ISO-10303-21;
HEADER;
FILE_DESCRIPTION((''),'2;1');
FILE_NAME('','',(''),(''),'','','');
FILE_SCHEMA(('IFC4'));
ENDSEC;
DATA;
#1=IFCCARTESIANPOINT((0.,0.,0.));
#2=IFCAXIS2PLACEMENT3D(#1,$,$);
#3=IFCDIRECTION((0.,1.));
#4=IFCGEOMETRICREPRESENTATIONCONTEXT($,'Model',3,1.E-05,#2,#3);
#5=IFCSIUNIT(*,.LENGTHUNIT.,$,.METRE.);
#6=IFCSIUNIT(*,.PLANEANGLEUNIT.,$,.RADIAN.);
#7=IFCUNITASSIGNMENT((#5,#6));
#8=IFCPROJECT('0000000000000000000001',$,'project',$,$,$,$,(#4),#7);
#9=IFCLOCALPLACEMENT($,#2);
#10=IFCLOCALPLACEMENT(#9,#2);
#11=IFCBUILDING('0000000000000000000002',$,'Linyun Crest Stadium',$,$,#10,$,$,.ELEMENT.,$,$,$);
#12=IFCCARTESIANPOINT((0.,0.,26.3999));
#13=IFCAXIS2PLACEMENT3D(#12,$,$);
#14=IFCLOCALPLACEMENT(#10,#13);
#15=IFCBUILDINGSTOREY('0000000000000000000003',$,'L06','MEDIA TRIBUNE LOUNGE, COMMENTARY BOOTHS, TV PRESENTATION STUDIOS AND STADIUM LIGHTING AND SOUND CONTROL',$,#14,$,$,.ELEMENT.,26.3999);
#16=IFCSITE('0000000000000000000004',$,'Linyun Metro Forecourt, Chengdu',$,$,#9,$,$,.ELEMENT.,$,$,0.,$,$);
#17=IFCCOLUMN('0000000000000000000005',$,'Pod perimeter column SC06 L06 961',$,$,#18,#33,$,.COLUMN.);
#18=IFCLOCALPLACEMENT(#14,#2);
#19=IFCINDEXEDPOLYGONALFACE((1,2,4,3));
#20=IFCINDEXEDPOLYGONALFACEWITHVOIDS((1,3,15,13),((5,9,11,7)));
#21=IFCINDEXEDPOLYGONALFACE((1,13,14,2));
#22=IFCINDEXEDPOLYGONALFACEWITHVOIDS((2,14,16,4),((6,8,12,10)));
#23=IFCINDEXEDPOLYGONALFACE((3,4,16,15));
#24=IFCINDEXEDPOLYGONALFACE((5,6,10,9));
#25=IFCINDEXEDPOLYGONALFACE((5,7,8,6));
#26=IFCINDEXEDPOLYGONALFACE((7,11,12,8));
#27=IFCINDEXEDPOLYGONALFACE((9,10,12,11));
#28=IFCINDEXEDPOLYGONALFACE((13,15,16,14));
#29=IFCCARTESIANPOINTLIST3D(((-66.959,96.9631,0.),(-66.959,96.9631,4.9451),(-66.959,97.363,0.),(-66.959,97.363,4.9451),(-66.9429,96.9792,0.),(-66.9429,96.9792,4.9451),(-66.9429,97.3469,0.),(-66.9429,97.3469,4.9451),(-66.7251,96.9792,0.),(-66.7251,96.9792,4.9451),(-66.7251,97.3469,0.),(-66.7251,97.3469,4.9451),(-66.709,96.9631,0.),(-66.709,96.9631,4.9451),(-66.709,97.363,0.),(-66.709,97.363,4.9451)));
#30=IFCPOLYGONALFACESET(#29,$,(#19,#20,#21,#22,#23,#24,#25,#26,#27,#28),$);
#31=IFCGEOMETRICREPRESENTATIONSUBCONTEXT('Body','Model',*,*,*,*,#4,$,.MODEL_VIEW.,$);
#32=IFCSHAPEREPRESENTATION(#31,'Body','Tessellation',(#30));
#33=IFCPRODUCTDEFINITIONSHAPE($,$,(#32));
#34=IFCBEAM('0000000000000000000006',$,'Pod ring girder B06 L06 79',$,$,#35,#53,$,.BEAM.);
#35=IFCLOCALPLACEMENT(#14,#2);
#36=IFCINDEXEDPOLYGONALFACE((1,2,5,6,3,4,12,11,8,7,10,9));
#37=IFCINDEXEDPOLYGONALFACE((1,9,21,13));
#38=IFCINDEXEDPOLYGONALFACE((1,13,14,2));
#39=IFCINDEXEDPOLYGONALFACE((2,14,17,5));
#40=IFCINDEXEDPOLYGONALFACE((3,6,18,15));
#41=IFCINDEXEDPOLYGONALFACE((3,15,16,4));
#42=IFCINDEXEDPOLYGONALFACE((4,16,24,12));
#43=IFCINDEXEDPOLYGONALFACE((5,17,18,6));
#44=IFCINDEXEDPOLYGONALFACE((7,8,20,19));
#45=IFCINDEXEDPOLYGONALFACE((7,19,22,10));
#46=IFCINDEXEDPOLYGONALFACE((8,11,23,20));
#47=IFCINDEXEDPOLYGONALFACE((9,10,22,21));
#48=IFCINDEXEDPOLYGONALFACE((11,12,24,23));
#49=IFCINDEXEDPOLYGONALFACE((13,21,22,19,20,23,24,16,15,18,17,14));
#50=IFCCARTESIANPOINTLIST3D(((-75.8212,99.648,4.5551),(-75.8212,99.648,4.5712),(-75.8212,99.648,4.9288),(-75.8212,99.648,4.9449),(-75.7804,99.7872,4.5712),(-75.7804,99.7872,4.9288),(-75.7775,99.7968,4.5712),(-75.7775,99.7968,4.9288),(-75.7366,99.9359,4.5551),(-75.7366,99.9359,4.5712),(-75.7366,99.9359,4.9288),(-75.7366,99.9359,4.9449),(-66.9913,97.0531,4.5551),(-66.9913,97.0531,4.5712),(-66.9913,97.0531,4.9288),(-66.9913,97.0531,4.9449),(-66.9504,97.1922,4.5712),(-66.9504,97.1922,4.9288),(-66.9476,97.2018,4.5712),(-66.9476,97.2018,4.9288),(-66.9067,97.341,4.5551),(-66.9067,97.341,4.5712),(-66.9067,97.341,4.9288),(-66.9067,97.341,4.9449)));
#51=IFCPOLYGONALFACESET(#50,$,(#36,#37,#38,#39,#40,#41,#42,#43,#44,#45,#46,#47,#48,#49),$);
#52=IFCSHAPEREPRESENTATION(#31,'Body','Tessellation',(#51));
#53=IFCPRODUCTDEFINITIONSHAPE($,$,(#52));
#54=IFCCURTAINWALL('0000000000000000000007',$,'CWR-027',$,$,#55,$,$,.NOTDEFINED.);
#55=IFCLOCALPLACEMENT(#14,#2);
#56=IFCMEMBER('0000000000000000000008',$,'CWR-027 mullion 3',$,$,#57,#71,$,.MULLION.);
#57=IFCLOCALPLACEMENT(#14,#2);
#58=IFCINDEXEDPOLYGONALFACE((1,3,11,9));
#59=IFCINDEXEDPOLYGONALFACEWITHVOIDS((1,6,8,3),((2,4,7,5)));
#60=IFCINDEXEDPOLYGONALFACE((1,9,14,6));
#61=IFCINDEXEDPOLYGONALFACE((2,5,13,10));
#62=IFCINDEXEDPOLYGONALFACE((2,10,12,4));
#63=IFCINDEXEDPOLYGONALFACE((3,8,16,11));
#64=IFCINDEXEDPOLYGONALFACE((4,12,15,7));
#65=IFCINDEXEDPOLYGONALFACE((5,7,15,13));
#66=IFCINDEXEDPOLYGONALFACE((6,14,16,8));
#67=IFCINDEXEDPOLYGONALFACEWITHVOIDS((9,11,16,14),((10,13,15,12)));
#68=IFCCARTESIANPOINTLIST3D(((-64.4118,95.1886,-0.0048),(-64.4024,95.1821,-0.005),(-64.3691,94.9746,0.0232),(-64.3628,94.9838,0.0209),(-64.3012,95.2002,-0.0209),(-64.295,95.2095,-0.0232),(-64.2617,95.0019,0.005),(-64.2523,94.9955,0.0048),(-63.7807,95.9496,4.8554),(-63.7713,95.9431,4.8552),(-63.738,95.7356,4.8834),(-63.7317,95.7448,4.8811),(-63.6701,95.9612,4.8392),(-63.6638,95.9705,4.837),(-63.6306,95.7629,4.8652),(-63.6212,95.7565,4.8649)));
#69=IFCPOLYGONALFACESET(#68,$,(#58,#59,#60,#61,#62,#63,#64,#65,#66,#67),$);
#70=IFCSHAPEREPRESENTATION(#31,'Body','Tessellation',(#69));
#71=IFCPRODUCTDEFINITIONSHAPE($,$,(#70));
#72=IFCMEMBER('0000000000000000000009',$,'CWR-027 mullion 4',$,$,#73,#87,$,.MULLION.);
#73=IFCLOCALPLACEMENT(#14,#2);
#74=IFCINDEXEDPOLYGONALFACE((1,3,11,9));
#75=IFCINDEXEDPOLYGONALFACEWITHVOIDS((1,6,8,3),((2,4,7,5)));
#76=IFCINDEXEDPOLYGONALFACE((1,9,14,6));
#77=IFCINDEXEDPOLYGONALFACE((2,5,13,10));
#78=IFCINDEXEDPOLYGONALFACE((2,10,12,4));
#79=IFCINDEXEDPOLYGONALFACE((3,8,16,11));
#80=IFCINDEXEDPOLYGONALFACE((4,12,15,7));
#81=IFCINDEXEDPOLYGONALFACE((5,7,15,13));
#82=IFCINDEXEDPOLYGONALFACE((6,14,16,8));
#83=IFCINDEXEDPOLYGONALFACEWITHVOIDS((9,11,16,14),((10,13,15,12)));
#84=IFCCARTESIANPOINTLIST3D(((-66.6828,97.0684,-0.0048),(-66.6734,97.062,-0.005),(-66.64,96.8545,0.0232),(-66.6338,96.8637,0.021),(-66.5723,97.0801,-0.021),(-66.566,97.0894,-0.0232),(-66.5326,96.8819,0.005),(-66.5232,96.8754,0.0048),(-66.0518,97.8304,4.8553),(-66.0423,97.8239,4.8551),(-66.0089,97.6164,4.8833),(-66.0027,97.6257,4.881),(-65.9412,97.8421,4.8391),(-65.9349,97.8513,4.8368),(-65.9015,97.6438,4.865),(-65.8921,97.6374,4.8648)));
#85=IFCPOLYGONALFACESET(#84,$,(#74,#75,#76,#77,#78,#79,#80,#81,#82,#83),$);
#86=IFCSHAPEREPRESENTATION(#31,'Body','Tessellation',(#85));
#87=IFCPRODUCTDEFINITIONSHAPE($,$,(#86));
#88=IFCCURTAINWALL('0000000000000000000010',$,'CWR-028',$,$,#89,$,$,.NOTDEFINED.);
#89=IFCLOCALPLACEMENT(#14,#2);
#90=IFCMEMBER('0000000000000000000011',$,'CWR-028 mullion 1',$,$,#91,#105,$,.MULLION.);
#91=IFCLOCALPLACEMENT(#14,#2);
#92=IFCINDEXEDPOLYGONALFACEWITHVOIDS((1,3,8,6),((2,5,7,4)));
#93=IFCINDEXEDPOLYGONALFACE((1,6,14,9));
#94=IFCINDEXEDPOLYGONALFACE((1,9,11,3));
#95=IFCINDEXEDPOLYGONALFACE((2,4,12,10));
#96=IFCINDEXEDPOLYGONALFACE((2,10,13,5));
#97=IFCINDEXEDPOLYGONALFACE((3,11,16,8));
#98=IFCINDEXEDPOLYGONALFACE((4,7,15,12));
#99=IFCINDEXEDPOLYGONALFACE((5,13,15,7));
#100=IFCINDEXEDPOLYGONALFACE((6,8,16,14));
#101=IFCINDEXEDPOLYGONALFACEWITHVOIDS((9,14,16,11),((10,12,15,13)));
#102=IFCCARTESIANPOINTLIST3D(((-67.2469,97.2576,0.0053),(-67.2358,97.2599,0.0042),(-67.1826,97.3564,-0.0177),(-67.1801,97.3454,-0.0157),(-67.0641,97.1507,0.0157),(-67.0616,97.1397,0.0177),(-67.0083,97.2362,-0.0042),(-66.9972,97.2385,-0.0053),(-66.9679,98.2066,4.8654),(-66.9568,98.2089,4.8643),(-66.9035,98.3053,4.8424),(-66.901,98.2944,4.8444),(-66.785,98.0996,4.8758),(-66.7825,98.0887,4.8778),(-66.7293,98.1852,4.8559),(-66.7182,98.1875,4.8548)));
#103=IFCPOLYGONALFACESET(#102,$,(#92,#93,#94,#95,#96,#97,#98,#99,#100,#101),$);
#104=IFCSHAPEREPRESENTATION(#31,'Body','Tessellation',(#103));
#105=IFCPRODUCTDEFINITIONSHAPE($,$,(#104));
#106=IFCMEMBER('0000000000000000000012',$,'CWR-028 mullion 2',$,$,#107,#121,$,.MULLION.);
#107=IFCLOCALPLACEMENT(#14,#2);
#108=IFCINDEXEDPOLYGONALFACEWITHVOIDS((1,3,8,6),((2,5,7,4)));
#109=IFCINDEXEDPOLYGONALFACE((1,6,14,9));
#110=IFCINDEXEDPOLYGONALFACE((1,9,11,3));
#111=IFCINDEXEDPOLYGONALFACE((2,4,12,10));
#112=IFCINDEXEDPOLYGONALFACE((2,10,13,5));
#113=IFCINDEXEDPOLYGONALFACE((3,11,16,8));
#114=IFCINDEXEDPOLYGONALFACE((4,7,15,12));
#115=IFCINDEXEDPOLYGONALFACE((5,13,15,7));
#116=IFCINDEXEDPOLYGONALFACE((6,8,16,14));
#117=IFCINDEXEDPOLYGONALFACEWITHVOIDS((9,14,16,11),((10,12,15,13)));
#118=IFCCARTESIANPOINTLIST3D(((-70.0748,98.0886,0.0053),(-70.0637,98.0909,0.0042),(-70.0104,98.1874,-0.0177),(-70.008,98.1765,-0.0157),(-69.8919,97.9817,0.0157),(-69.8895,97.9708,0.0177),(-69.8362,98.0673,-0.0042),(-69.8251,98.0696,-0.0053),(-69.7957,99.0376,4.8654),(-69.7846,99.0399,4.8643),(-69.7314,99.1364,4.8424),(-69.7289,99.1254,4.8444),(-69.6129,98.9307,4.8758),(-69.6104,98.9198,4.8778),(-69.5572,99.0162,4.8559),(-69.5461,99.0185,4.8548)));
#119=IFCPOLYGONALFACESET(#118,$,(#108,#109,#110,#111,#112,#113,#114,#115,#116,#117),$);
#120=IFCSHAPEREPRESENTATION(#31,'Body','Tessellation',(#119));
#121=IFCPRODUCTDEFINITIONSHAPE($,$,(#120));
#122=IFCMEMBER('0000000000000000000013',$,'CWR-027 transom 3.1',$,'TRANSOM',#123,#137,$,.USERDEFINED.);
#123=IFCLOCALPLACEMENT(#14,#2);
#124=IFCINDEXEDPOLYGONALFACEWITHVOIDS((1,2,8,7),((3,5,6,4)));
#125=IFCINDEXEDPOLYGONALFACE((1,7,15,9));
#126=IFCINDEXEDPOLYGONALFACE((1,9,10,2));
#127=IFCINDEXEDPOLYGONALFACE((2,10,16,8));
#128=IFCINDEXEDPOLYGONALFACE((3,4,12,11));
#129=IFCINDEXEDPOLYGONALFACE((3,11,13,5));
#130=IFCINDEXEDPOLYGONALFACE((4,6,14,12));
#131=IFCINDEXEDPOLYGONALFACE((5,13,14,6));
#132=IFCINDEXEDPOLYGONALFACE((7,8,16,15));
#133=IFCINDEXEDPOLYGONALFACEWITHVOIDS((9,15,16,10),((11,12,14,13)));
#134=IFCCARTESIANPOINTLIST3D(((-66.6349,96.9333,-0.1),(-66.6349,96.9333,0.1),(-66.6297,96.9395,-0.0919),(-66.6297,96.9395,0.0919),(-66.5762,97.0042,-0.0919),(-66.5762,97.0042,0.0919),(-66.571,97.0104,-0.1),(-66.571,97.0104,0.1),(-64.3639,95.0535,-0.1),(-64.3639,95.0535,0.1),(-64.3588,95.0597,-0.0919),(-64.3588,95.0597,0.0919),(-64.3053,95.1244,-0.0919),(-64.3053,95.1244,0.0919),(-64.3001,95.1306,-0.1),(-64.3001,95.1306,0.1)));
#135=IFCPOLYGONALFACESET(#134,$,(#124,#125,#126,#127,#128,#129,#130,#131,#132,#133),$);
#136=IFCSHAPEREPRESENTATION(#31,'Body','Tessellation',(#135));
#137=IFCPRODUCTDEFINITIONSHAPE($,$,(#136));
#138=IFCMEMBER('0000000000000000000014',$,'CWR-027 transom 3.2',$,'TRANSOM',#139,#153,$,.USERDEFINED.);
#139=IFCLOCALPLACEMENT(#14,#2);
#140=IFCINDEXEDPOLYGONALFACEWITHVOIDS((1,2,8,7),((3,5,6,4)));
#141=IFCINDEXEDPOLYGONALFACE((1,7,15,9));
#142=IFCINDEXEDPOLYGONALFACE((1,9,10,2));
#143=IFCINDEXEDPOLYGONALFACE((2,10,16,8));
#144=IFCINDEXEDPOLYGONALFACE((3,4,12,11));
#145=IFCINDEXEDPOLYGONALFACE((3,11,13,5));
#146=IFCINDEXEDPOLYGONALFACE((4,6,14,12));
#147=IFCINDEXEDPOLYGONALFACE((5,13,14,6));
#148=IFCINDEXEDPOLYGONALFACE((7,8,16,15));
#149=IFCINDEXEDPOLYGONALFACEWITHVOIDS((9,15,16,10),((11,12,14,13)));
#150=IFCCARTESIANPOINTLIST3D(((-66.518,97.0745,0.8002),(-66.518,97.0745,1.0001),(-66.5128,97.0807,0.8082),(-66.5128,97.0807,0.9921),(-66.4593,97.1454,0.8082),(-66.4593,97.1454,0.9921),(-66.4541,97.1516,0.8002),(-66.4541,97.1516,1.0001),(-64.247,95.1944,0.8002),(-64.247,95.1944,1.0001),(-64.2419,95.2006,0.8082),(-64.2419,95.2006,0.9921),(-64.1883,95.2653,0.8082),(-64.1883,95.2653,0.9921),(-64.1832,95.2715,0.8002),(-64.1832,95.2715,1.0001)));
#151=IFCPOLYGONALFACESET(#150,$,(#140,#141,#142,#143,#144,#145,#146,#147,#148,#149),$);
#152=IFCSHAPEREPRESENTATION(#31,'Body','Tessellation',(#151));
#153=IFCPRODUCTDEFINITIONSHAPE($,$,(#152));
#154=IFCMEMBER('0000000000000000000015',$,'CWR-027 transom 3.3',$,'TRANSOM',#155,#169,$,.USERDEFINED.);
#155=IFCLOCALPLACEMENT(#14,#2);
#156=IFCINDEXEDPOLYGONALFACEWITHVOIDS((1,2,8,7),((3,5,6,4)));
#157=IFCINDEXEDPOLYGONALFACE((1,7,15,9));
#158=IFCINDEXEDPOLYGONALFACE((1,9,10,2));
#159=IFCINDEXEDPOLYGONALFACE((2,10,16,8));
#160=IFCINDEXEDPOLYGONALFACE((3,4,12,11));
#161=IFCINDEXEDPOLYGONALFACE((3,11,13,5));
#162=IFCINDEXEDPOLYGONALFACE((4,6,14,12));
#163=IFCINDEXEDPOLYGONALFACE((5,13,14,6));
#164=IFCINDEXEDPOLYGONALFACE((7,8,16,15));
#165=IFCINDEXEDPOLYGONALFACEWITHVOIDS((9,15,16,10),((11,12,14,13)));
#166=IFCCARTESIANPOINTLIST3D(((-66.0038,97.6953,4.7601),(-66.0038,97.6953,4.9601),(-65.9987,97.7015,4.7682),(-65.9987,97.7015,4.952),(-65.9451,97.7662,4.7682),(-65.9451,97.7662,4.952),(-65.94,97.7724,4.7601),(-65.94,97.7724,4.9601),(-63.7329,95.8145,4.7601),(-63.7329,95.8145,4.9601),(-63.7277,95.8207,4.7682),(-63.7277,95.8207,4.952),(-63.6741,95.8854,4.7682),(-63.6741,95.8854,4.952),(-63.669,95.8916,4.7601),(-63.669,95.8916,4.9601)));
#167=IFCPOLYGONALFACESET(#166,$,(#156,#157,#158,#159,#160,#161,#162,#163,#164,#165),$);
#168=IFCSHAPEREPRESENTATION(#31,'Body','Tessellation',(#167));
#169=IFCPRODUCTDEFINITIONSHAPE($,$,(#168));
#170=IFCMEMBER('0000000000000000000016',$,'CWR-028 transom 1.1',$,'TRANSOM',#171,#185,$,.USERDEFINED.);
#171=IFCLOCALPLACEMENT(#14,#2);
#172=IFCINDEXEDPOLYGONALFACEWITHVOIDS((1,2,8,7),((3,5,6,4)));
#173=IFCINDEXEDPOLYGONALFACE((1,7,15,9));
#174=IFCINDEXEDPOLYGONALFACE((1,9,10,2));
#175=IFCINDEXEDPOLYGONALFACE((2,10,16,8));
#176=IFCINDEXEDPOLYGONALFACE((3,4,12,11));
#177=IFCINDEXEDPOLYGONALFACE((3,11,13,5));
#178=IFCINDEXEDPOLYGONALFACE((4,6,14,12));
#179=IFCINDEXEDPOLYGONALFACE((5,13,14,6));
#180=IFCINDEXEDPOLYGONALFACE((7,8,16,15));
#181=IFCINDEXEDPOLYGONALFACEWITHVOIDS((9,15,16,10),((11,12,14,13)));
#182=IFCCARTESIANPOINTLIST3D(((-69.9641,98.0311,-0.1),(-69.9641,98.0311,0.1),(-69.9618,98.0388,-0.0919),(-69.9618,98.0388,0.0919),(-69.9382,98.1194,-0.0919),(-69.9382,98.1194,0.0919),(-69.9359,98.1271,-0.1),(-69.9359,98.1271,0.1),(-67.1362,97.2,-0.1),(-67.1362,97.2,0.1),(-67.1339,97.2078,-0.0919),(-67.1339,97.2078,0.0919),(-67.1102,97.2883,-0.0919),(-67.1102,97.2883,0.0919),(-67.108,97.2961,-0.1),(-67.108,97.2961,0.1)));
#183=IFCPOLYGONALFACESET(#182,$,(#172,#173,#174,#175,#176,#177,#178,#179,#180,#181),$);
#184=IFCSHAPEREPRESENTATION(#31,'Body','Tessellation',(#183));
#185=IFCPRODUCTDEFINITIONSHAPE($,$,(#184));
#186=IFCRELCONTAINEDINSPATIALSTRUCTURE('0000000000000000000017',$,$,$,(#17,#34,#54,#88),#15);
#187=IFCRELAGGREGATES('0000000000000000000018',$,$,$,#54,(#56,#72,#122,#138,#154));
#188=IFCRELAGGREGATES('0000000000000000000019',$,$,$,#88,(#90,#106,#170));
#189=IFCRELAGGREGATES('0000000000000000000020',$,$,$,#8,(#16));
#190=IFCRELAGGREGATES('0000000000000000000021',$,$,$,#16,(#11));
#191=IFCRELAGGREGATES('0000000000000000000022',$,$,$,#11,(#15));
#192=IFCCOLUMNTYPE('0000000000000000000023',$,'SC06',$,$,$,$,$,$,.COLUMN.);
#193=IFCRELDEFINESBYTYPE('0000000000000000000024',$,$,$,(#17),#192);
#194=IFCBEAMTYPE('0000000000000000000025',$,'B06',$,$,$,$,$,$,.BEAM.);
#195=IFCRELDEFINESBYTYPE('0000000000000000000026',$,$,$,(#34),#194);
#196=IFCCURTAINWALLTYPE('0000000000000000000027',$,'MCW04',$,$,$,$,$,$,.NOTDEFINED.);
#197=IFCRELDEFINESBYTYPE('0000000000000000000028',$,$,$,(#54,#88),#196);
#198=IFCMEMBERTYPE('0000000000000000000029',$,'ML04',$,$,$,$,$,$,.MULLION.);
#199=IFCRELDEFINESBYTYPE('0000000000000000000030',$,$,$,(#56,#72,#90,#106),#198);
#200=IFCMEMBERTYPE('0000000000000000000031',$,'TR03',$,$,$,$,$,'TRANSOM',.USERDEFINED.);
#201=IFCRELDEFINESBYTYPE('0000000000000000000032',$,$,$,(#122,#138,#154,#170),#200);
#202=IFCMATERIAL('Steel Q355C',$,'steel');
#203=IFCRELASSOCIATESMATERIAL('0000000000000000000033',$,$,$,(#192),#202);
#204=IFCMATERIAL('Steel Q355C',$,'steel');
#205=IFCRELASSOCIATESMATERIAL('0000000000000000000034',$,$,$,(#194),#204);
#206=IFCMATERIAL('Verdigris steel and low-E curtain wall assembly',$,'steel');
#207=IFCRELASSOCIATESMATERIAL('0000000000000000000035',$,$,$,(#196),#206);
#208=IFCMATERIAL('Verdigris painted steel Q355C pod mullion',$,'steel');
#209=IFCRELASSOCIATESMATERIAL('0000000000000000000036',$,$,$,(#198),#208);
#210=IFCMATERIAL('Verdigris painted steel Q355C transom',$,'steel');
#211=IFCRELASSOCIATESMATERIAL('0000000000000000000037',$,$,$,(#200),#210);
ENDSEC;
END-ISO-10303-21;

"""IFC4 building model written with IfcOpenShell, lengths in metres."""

from ifc_helpers import new_model, si_unit, direction, frame, origin, origin_2d, place, context, subcontext, project, spatial, hollow_rectangle, i_section, extrude, material, material_profile, profile_set, type_object, element, aggregate, save


model = new_model("IFC4")

# Units and contexts
model_context = context("Model", 3, precision=1e-05, world=origin(), true_north=direction((0.0, 1.0)))
body_context = subcontext(model_context, "Body", "Model", "MODEL_VIEW")
ifc_project = project(units=[si_unit("LENGTHUNIT", "METRE"), si_unit("PLANEANGLEUNIT", "RADIAN")], contexts=[model_context])

# Site, building, storey
site_placement = place(None, origin())
site = spatial("IfcSite", under=ifc_project, at=site_placement, Name="Linyun Metro Forecourt, Chengdu", CompositionType="ELEMENT", RefElevation=0.0)
building_placement = place(site_placement, origin())
building = spatial("IfcBuilding", under=site, at=building_placement, Name="Linyun Crest Stadium", CompositionType="ELEMENT")
storey_placement = place(building_placement, frame((0.0, 0.0, 26.3999)))
storey = spatial("IfcBuildingStorey", under=building, at=storey_placement, Name="L06", Description="MEDIA TRIBUNE LOUNGE, COMMENTARY BOOTHS, TV PRESENTATION STUDIOS AND STADIUM LIGHTING AND SOUND CONTROL", CompositionType="ELEMENT", Elevation=26.3999)

# Column
ifc_material_1 = material(Name="Steel Q355C", Category="steel")
ifc_material_profile_1 = material_profile(ifc_material_1, hollow_rectangle(XDim=0.25, YDim=0.3999, WallThickness=0.0161, at=origin_2d()), Name="RHS 400x250x16")
ifc_profile_set_1 = profile_set([ifc_material_profile_1], Name="Steel Q355C")
column_type = type_object("IfcColumnType", Name="SC06", PredefinedType="COLUMN", material=ifc_profile_set_1)
column_placement = place(storey_placement, frame((-66.834, 97.1631, 0.0), z_axis=(0.0, 0.0, 1.0), x_axis=(1.0, 0.0, 0.0)))
element("IfcColumn", 1, at=column_placement, inside=storey, type_object=column_type, Name="Pod perimeter column SC06 L06 961", PredefinedType="COLUMN", context=body_context, shape_type="SweptSolid", body=[
    extrude(hollow_rectangle(XDim=0.25, YDim=0.3999, WallThickness=0.0161, at=origin_2d()), origin(), (0.0, 0.0, 1.0), 4.9451),
])

# Beam
ifc_material_2 = material(Name="Steel Q355C", Category="steel")
ifc_material_profile_2 = material_profile(ifc_material_2, i_section(OverallWidth=0.3, OverallDepth=0.3899, WebThickness=0.01, FlangeThickness=0.0161, at=origin_2d()), Name="HM 390x300")
ifc_profile_set_2 = profile_set([ifc_material_profile_2], Name="Steel Q355C")
beam_type = type_object("IfcBeamType", Name="B06", PredefinedType="BEAM", material=ifc_profile_set_2)
beam_placement = place(storey_placement, frame((-66.949, 97.197, 4.75), z_axis=(-0.959428, 0.281955, 0.0), x_axis=(-0.281955, -0.959428, 0.0)))
element("IfcBeam", 2, at=beam_placement, inside=storey, type_object=beam_type, Name="Pod ring girder B06 L06 79", PredefinedType="BEAM", context=body_context, shape_type="SweptSolid", body=[
    extrude(i_section(OverallWidth=0.3, OverallDepth=0.3899, WebThickness=0.01, FlangeThickness=0.0161, at=origin_2d()), origin(), (0.0, 0.0, 1.0), 9.2034),
])

# Curtain walls, members
ifc_material_3 = material(Name="Verdigris steel and low-E curtain wall assembly", Category="steel")
curtain_wall_type = type_object("IfcCurtainWallType", Name="MCW04", PredefinedType="NOTDEFINED", material=ifc_material_3)
curtain_wall_1_placement = place(storey_placement, origin())
curtain_wall_1 = element("IfcCurtainWall", 3, at=curtain_wall_1_placement, inside=storey, type_object=curtain_wall_type, Name="CWR-027", PredefinedType="NOTDEFINED")
ifc_material_4 = material(Name="Verdigris painted steel Q355C pod mullion", Category="steel")
ifc_material_profile_3 = material_profile(ifc_material_4, hollow_rectangle(XDim=0.1201, YDim=0.22, WallThickness=0.0081, at=origin_2d()), Name="RHS 220x120x8")
ifc_profile_set_3 = profile_set([ifc_material_profile_3], Name="Verdigris painted steel Q355C pod mullion")
member_type_1 = type_object("IfcMemberType", Name="ML04", PredefinedType="MULLION", material=ifc_profile_set_3)
member_1_placement = place(storey_placement, frame((-64.332, 95.092, 0.0), z_axis=(0.127248, 0.153436, 0.979931), x_axis=(0.972711, 0.173944, -0.153546)))
member_1 = element("IfcMember", 4, at=member_1_placement, type_object=member_type_1, Name="CWR-027 mullion 3", PredefinedType="MULLION", context=body_context, shape_type="SweptSolid", body=[
    extrude(hollow_rectangle(XDim=0.1201, YDim=0.22, WallThickness=0.0081, at=origin_2d()), origin(), (0.0, 0.0, 1.0), 4.9597),
])
member_2_placement = place(storey_placement, frame((-66.603, 96.9719, 0.0), z_axis=(0.127244, 0.153628, 0.979902), x_axis=(0.972587, 0.174539, -0.153658)))
member_2 = element("IfcMember", 5, at=member_2_placement, type_object=member_type_1, Name="CWR-027 mullion 4", PredefinedType="MULLION", context=body_context, shape_type="SweptSolid", body=[
    extrude(hollow_rectangle(XDim=0.1201, YDim=0.22, WallThickness=0.0081, at=origin_2d()), origin(), (0.0, 0.0, 1.0), 4.9597),
])
curtain_wall_2_placement = place(storey_placement, origin())
curtain_wall_2 = element("IfcCurtainWall", 6, at=curtain_wall_2_placement, inside=storey, type_object=curtain_wall_type, Name="CWR-028", PredefinedType="NOTDEFINED")
member_3_placement = place(storey_placement, frame((-67.1221, 97.248, 0.0), z_axis=(0.056264, 0.191335, 0.979911), x_axis=(0.535777, 0.822394, -0.191342)))
member_3 = element("IfcMember", 7, at=member_3_placement, type_object=member_type_1, Name="CWR-028 mullion 1", PredefinedType="MULLION", context=body_context, shape_type="SweptSolid", body=[
    extrude(hollow_rectangle(XDim=0.1201, YDim=0.22, WallThickness=0.0081, at=origin_2d()), origin(), (0.0, 0.0, 1.0), 4.9597),
])
member_4_placement = place(storey_placement, frame((-69.95, 98.0791, 0.0), z_axis=(0.056264, 0.191335, 0.979911), x_axis=(0.535777, 0.822394, -0.191342)))
member_4 = element("IfcMember", 8, at=member_4_placement, type_object=member_type_1, Name="CWR-028 mullion 2", PredefinedType="MULLION", context=body_context, shape_type="SweptSolid", body=[
    extrude(hollow_rectangle(XDim=0.1201, YDim=0.22, WallThickness=0.0081, at=origin_2d()), origin(), (0.0, 0.0, 1.0), 4.9597),
])

# Members
ifc_material_5 = material(Name="Verdigris painted steel Q355C transom", Category="steel")
ifc_material_profile_4 = material_profile(ifc_material_5, hollow_rectangle(XDim=0.1001, YDim=0.2, WallThickness=0.0081, at=origin_2d()), Name="RHS 200x100x8")
ifc_profile_set_4 = profile_set([ifc_material_profile_4], Name="Verdigris painted steel Q355C transom")
member_type_2 = type_object("IfcMemberType", Name="TR03", ElementType="TRANSOM", PredefinedType="USERDEFINED", material=ifc_profile_set_4)
member_5_placement = place(storey_placement, frame((-64.332, 95.092, 0.0), z_axis=(-0.770321, 0.637656, 0.0), x_axis=(-0.637656, -0.770321, 0.0)))
member_5 = element("IfcMember", 9, at=member_5_placement, type_object=member_type_2, Name="CWR-027 transom 3.1", ObjectType="TRANSOM", PredefinedType="USERDEFINED", context=body_context, shape_type="SweptSolid", body=[
    extrude(hollow_rectangle(XDim=0.1001, YDim=0.2, WallThickness=0.0081, at=origin_2d()), origin(), (0.0, 0.0, 1.0), 2.948),
])
member_6_placement = place(storey_placement, frame((-64.2151, 95.2329, 0.9001), z_axis=(-0.770281, 0.637705, 0.0), x_axis=(-0.637705, -0.770281, 0.0)))
member_6 = element("IfcMember", 10, at=member_6_placement, type_object=member_type_2, Name="CWR-027 transom 3.2", ObjectType="TRANSOM", PredefinedType="USERDEFINED", context=body_context, shape_type="SweptSolid", body=[
    extrude(hollow_rectangle(XDim=0.1001, YDim=0.2, WallThickness=0.0081, at=origin_2d()), origin(), (0.0, 0.0, 1.0), 2.9482),
])
member_7_placement = place(storey_placement, frame((-63.7009, 95.853, 4.8601), z_axis=(-0.770159, 0.637852, 0.0), x_axis=(-0.637852, -0.770159, 0.0)))
member_7 = element("IfcMember", 11, at=member_7_placement, type_object=member_type_2, Name="CWR-027 transom 3.3", ObjectType="TRANSOM", PredefinedType="USERDEFINED", context=body_context, shape_type="SweptSolid", body=[
    extrude(hollow_rectangle(XDim=0.1001, YDim=0.2, WallThickness=0.0081, at=origin_2d()), origin(), (0.0, 0.0, 1.0), 2.9487),
])
member_8_placement = place(storey_placement, frame((-67.1221, 97.248, 0.0), z_axis=(-0.959427, 0.281956, 0.0), x_axis=(-0.281956, -0.959427, 0.0)))
member_8 = element("IfcMember", 12, at=member_8_placement, type_object=member_type_2, Name="CWR-028 transom 1.1", ObjectType="TRANSOM", PredefinedType="USERDEFINED", context=body_context, shape_type="SweptSolid", body=[
    extrude(hollow_rectangle(XDim=0.1001, YDim=0.2, WallThickness=0.0081, at=origin_2d()), origin(), (0.0, 0.0, 1.0), 2.9475),
])

aggregate(curtain_wall_1, [member_1, member_2, member_5, member_6, member_7])
aggregate(curtain_wall_2, [member_3, member_4, member_8])

save(model, "model.ifc")
